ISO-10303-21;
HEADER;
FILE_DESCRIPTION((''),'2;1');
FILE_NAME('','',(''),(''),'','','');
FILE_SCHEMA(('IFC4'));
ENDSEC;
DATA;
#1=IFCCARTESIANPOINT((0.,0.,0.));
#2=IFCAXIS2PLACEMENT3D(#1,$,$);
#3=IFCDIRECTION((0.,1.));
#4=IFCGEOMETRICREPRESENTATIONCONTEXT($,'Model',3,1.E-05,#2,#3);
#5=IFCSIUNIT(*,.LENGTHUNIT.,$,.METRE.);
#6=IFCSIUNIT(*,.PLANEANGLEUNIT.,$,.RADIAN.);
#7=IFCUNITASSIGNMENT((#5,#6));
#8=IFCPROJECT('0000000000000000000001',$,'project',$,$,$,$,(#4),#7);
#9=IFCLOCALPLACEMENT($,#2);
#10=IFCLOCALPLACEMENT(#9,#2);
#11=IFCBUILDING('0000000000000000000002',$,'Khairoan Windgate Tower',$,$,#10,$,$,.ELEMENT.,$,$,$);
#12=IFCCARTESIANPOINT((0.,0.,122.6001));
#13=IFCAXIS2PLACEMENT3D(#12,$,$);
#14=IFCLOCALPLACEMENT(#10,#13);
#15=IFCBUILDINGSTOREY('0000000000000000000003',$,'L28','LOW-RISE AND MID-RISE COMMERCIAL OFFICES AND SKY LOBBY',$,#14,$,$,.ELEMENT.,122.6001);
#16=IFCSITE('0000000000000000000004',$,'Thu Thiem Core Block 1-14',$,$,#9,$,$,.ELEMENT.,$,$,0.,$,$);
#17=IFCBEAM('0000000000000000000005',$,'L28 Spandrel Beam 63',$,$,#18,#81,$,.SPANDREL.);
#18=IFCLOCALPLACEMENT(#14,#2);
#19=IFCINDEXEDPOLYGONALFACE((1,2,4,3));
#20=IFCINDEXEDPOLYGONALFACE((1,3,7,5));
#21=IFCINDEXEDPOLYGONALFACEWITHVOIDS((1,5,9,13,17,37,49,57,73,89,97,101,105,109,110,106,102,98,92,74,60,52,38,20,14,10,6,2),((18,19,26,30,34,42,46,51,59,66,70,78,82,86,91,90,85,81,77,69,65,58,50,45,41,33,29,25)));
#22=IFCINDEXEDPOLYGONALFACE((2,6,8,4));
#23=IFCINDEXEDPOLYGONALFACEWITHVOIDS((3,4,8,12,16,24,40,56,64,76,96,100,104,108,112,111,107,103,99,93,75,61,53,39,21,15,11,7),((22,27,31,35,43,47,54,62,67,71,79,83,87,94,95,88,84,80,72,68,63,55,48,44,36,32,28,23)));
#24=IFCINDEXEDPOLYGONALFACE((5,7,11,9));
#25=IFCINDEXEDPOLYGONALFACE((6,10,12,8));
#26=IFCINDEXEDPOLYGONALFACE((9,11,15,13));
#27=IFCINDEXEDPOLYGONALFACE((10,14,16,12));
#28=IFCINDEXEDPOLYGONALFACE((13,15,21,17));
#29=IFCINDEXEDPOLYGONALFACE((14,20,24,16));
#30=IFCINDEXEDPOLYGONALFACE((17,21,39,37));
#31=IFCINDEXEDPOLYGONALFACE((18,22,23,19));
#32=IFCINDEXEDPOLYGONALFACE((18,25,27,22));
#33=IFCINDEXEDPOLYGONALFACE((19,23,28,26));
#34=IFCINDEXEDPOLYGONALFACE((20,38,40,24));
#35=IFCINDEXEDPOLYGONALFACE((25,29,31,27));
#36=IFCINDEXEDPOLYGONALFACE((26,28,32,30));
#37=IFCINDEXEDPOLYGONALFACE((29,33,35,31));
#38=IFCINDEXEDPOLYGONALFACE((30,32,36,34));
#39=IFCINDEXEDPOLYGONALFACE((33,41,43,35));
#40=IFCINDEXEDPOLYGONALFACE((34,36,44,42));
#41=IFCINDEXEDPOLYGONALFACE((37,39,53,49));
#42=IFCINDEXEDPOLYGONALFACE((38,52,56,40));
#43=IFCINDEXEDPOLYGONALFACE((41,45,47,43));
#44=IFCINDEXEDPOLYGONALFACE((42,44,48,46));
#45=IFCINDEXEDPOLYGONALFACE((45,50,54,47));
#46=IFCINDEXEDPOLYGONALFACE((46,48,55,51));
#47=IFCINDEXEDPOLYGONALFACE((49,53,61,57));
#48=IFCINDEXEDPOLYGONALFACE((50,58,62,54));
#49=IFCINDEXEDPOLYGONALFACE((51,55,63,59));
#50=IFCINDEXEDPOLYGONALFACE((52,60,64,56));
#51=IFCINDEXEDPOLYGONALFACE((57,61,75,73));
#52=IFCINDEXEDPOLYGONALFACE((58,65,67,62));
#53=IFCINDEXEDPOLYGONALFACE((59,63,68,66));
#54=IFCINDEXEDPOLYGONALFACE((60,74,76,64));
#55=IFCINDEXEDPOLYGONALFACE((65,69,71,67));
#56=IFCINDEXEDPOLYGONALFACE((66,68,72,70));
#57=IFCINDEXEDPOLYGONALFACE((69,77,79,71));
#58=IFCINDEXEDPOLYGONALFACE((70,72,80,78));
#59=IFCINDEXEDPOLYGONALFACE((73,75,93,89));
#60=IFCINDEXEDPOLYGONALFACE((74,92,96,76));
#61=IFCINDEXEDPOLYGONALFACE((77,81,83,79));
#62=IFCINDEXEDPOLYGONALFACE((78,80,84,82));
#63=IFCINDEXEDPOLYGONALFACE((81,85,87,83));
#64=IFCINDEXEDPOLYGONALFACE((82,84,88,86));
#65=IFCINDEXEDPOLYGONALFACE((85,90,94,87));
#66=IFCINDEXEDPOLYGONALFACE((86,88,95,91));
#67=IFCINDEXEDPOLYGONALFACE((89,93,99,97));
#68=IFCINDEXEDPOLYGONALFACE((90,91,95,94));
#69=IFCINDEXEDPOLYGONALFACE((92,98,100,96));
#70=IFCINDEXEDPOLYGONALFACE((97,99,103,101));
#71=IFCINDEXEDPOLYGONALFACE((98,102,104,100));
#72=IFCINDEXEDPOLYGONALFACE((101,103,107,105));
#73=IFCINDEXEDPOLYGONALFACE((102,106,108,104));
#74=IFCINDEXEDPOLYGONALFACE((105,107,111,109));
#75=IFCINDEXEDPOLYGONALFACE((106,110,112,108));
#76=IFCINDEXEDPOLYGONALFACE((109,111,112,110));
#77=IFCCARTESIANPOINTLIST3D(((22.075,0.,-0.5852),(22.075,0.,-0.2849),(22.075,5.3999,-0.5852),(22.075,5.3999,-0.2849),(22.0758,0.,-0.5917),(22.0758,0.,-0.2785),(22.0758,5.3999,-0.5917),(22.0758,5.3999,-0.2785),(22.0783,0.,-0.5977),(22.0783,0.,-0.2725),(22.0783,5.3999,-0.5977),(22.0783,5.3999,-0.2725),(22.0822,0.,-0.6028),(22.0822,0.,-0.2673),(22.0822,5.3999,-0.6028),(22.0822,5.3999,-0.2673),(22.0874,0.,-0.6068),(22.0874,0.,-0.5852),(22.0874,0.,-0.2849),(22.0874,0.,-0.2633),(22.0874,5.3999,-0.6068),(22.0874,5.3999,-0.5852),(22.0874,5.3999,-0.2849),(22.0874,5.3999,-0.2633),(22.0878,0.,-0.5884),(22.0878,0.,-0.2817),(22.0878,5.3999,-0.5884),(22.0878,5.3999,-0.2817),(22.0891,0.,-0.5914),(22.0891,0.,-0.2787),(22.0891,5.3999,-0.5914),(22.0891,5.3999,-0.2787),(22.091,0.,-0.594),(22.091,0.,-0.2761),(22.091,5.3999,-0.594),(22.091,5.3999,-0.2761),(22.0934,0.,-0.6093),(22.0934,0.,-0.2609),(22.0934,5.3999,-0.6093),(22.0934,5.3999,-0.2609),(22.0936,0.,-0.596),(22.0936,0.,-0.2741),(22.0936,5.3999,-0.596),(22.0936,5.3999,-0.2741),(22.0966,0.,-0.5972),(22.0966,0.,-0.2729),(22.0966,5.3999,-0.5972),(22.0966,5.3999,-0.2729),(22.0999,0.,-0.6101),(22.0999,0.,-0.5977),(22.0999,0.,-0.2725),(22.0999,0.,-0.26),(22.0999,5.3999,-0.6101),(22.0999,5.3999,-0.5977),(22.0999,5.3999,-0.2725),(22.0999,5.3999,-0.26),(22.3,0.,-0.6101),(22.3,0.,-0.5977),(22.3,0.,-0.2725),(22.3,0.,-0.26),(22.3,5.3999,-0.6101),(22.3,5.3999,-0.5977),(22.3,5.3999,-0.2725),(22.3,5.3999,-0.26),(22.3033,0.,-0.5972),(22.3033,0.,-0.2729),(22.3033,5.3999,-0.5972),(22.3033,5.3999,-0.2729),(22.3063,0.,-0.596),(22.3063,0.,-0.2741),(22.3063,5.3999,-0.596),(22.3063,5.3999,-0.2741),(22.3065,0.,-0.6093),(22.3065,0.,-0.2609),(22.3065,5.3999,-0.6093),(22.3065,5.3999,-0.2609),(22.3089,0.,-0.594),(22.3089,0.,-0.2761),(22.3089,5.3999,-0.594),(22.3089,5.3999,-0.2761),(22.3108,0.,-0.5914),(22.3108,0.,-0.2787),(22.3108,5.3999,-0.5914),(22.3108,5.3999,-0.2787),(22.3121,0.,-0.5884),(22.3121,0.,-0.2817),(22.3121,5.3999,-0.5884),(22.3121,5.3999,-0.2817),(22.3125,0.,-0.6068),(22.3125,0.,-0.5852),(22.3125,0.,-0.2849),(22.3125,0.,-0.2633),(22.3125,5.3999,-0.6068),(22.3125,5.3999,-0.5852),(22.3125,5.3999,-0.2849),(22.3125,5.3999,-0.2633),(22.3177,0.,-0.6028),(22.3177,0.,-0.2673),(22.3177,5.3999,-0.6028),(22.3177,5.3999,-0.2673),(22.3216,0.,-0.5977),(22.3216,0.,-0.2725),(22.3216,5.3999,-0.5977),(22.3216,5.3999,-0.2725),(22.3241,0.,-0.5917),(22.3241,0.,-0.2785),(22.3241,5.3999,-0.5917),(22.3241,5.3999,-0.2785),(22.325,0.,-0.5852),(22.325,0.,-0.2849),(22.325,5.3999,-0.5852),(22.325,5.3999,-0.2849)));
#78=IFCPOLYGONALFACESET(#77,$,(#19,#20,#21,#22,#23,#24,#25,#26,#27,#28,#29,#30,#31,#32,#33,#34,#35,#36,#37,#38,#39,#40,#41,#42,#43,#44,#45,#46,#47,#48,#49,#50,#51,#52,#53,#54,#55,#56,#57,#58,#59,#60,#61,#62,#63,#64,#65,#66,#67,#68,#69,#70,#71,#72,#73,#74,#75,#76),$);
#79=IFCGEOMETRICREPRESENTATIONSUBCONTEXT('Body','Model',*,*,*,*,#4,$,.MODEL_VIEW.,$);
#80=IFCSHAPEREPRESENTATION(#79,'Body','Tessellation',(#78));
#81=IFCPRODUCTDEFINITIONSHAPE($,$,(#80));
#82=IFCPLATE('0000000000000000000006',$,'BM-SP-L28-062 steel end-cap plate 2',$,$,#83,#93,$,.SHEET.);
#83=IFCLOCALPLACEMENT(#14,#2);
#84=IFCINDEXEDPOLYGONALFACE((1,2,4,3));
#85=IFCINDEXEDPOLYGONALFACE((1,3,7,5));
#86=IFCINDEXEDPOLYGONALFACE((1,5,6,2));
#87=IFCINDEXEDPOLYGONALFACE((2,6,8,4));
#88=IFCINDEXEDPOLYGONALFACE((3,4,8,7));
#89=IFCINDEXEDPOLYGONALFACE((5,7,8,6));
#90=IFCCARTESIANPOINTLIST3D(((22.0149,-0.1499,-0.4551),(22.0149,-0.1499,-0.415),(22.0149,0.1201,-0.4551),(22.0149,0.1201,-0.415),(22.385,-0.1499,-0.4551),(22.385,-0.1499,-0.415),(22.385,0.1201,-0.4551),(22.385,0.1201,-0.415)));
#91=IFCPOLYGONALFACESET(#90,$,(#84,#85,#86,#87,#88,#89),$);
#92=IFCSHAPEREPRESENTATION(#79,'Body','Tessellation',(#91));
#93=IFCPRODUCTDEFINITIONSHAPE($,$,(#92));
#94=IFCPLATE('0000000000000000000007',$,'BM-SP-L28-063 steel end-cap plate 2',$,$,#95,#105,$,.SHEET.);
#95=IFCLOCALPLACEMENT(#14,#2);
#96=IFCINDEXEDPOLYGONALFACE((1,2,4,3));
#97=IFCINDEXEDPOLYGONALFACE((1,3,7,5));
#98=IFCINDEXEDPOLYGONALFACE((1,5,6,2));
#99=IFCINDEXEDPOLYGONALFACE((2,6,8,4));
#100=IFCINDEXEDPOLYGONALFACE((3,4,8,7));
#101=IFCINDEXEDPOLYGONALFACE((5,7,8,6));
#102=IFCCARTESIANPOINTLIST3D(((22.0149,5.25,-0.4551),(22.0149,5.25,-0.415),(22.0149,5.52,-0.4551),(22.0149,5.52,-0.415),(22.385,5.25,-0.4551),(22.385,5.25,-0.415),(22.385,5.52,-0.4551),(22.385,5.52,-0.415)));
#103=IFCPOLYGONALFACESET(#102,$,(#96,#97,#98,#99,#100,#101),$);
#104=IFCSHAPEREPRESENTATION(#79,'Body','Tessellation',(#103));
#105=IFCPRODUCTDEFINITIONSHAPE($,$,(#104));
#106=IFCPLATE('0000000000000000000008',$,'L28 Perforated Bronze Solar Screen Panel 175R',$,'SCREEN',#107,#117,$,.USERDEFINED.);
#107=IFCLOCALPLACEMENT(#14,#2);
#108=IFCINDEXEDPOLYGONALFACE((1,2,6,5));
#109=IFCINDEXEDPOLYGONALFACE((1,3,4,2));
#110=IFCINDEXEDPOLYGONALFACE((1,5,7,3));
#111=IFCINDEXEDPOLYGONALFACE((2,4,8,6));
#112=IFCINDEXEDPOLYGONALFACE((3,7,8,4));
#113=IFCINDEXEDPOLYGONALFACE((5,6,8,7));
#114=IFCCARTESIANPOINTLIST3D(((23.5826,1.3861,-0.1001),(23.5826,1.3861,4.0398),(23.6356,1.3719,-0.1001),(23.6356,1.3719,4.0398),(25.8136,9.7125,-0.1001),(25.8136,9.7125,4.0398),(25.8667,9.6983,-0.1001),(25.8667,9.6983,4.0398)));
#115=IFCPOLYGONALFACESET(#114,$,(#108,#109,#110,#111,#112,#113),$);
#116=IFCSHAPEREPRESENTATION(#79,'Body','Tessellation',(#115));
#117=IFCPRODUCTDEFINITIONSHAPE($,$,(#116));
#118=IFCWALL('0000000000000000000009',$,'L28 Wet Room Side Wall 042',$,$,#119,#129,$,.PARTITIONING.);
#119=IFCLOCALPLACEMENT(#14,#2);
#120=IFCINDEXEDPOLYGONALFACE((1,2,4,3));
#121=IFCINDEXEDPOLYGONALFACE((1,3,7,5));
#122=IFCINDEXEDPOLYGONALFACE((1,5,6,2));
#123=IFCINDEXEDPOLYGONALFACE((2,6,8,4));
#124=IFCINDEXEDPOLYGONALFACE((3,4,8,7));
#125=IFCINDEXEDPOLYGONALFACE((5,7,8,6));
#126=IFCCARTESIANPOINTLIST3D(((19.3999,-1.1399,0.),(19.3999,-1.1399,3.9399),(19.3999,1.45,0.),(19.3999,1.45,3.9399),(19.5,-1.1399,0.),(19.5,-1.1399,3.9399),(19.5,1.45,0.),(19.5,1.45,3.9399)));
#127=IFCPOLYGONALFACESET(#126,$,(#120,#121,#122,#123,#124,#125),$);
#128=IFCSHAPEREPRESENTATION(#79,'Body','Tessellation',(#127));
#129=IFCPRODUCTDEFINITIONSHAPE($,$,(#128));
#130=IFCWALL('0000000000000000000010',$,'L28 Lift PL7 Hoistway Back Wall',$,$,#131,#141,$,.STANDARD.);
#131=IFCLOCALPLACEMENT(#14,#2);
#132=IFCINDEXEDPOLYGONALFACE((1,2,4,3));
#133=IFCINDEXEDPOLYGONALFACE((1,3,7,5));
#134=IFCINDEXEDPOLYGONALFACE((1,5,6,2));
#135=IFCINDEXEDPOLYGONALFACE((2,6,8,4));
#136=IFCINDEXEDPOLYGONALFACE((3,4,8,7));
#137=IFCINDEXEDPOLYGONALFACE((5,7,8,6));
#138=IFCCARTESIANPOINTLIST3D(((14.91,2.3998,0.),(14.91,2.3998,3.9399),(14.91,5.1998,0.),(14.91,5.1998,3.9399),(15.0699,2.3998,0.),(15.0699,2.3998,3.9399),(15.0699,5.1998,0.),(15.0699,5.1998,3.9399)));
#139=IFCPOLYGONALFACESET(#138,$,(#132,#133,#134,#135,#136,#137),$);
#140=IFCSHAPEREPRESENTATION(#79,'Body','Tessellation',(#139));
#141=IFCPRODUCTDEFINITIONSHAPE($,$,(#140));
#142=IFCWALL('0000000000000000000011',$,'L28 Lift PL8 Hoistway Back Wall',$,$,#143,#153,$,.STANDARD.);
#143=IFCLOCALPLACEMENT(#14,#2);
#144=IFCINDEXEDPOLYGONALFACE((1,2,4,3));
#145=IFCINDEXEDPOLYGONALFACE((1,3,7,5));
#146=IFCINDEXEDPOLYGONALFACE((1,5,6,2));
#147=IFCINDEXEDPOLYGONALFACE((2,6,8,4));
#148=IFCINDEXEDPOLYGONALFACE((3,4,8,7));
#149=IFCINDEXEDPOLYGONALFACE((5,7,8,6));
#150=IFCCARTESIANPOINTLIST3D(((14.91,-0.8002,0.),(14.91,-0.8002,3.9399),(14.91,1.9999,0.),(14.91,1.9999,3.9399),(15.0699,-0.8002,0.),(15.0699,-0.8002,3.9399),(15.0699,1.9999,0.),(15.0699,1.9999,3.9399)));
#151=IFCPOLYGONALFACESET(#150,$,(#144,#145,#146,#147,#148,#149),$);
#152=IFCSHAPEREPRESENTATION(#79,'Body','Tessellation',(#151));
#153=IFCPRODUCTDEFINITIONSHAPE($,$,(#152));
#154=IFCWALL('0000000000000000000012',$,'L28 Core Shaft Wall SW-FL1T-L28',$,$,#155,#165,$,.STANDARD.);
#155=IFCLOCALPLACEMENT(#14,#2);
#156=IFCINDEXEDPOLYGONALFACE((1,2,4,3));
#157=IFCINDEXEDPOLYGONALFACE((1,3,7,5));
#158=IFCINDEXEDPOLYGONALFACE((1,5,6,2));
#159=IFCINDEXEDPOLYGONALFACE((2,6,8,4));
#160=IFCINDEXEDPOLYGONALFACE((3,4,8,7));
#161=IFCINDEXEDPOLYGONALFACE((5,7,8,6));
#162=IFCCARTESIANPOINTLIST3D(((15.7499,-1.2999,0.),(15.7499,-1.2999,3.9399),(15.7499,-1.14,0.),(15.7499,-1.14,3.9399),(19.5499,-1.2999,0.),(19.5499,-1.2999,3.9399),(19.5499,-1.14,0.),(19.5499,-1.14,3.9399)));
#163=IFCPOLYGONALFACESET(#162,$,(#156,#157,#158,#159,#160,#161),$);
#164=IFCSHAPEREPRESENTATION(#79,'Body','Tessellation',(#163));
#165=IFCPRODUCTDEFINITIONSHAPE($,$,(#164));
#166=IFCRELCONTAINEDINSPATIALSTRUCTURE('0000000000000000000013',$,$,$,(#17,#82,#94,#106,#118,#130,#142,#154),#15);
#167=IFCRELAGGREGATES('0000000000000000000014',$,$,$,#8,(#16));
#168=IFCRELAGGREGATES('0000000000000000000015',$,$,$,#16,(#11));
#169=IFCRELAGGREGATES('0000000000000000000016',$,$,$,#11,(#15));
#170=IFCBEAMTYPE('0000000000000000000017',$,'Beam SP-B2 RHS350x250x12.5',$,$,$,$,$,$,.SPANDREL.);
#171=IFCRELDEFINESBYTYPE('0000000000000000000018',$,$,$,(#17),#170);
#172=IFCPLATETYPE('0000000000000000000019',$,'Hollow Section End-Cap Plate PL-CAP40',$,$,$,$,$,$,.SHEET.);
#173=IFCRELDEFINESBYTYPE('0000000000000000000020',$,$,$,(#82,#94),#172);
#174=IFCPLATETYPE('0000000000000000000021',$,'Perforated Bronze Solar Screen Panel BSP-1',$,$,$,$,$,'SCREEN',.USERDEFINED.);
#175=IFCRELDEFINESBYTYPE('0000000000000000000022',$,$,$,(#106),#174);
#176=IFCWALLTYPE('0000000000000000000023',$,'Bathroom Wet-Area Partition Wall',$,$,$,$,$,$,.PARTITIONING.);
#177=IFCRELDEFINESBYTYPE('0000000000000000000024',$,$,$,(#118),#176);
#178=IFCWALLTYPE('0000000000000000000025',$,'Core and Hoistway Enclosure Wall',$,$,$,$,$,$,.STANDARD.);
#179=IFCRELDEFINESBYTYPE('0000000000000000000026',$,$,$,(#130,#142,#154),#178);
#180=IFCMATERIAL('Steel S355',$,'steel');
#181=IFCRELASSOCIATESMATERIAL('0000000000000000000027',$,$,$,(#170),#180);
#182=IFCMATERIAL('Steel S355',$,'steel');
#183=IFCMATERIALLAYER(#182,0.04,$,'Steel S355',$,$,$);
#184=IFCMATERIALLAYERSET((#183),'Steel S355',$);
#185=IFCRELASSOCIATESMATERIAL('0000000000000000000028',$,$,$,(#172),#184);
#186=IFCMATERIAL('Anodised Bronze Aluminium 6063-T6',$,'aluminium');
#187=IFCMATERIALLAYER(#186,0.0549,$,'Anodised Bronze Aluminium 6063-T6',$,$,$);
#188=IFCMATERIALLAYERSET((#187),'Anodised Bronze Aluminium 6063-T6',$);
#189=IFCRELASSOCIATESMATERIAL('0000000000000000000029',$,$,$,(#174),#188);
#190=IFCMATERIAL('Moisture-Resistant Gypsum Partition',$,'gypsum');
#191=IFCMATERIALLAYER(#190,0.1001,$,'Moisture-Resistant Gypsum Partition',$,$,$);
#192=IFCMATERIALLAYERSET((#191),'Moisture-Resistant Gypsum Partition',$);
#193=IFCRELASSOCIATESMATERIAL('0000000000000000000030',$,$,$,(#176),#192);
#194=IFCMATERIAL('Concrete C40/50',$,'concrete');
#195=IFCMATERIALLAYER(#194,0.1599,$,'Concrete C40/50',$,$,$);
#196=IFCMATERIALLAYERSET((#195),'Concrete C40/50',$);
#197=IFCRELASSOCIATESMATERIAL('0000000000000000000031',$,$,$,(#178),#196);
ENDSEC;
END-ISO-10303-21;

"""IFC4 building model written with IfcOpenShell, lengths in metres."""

from ifc_helpers import new_model, si_unit, direction, frame, frame_2d, origin, origin_2d, place, context, subcontext, project, spatial, rectangle, hollow_rectangle, extrude, material, layer, layer_set, material_profile, profile_set, type_object, element, save


model = new_model("IFC4")

# Units and contexts
model_context = context("Model", 3, precision=1e-05, world=origin(), true_north=direction((0.0, 1.0)))
body_context = subcontext(model_context, "Body", "Model", "MODEL_VIEW")
ifc_project = project(units=[si_unit("LENGTHUNIT", "METRE"), si_unit("PLANEANGLEUNIT", "RADIAN")], contexts=[model_context])

# Site, building, storey
site_placement = place(None, origin())
site = spatial("IfcSite", under=ifc_project, at=site_placement, Name="Thu Thiem Core Block 1-14", CompositionType="ELEMENT", RefElevation=0.0)
building_placement = place(site_placement, origin())
building = spatial("IfcBuilding", under=site, at=building_placement, Name="Khairoan Windgate Tower", CompositionType="ELEMENT")
storey_placement = place(building_placement, frame((0.0, 0.0, 122.6001)))
storey = spatial("IfcBuildingStorey", under=building, at=storey_placement, Name="L28", Description="LOW-RISE AND MID-RISE COMMERCIAL OFFICES AND SKY LOBBY", CompositionType="ELEMENT", Elevation=122.6001)

# Beam
ifc_material_1 = material(Name="Steel S355", Category="steel")
ifc_material_profile_1 = material_profile(ifc_material_1, hollow_rectangle(XDim=0.25, YDim=0.3501, WallThickness=0.0125, InnerFilletRadius=0.0125, OuterFilletRadius=0.0249, at=origin_2d()))
ifc_profile_set_1 = profile_set([ifc_material_profile_1], Name="Steel S355")
beam_type_1 = type_object("IfcBeamType", Name="Beam SP-B2 RHS350x250x12.5", PredefinedType="SPANDREL", material=ifc_profile_set_1)
beam_1_placement = place(storey_placement, frame((22.2, 0.0, -0.4351), z_axis=(0.0, 1.0, 0.0), x_axis=(-1.0, 0.0, 0.0)))
element("IfcBeam", 1, at=beam_1_placement, inside=storey, type_object=beam_type_1, Name="L28 Spandrel Beam 63", PredefinedType="SPANDREL", context=body_context, shape_type="SweptSolid", body=[
    extrude(hollow_rectangle(XDim=0.25, YDim=0.3501, WallThickness=0.0125, InnerFilletRadius=0.0125, OuterFilletRadius=0.0249, at=origin_2d()), origin(), (0.0, 0.0, 1.0), 5.3999),
])

# Plates
ifc_material_2 = material(Name="Steel S355", Category="steel")
ifc_layer_1 = layer(ifc_material_2, 0.04, Name="Steel S355")
ifc_layer_set_1 = layer_set([ifc_layer_1], Name="Steel S355")
plate_type_1 = type_object("IfcPlateType", Name="Hollow Section End-Cap Plate PL-CAP40", PredefinedType="SHEET", material=ifc_layer_set_1)
for number, where, z_axis, x_axis, name in (
    (2, (22.2, -0.0149, -0.4551), (0.0, 0.0, 1.0), (0.0, 1.0, 0.0), "BM-SP-L28-062 steel end-cap plate 2"),
    (3, (22.2, 5.385, -0.4551), (0.0, 0.0, 1.0), (0.0, 1.0, 0.0), "BM-SP-L28-063 steel end-cap plate 2"),
):
    element("IfcPlate", number, at=place(storey_placement, frame(where, z_axis=z_axis, x_axis=x_axis)), inside=storey, type_object=plate_type_1, Name=name, PredefinedType="SHEET", context=body_context, shape_type="SweptSolid", body=[
        extrude(rectangle(XDim=0.27, YDim=0.3701, at=origin_2d()), origin(), (0.0, 0.0, 1.0), 0.04),
    ])
ifc_material_3 = material(Name="Anodised Bronze Aluminium 6063-T6", Category="aluminium")
ifc_layer_2 = layer(ifc_material_3, 0.0549, Name="Anodised Bronze Aluminium 6063-T6")
ifc_layer_set_2 = layer_set([ifc_layer_2], Name="Anodised Bronze Aluminium 6063-T6")
plate_type_2 = type_object("IfcPlateType", Name="Perforated Bronze Solar Screen Panel BSP-1", ElementType="SCREEN", PredefinedType="USERDEFINED", material=ifc_layer_set_2)
plate_placement = place(storey_placement, frame((24.7246, 5.5422, -0.1001), z_axis=(0.0, 0.0, 1.0), x_axis=(-0.258819, -0.965926, 0.0)))
element("IfcPlate", 4, at=plate_placement, inside=storey, type_object=plate_type_2, Name="L28 Perforated Bronze Solar Screen Panel 175R", ObjectType="SCREEN", PredefinedType="USERDEFINED", context=body_context, shape_type="SweptSolid", body=[
    extrude(rectangle(XDim=8.6201, YDim=0.0549, at=origin_2d()), origin(), (0.0, 0.0, 1.0), 4.1399),
])

# Walls
ifc_material_4 = material(Name="Moisture-Resistant Gypsum Partition", Category="gypsum")
ifc_layer_3 = layer(ifc_material_4, 0.1001, Name="Moisture-Resistant Gypsum Partition")
ifc_layer_set_3 = layer_set([ifc_layer_3], Name="Moisture-Resistant Gypsum Partition")
wall_type_1 = type_object("IfcWallType", Name="Bathroom Wet-Area Partition Wall", PredefinedType="PARTITIONING", material=ifc_layer_set_3)
wall_1_placement = place(storey_placement, frame((19.45, 1.45, 0.0), z_axis=(0.0, 0.0, 1.0), x_axis=(0.0, -1.0, 0.0)))
element("IfcWall", 5, at=wall_1_placement, inside=storey, type_object=wall_type_1, Name="L28 Wet Room Side Wall 042", PredefinedType="PARTITIONING", context=body_context, shape_type="SweptSolid", body=[
    extrude(rectangle(XDim=2.5898, YDim=0.1001, at=frame_2d((1.2949, 0.0))), origin(), (0.0, 0.0, 1.0), 3.9399),
])
ifc_material_5 = material(Name="Concrete C40/50", Category="concrete")
ifc_layer_4 = layer(ifc_material_5, 0.1599, Name="Concrete C40/50")
ifc_layer_set_4 = layer_set([ifc_layer_4], Name="Concrete C40/50")
wall_type_2 = type_object("IfcWallType", Name="Core and Hoistway Enclosure Wall", PredefinedType="STANDARD", material=ifc_layer_set_4)
for number, where, z_axis, x_axis, name in (
    (6, (14.99, 2.3999, 0.0), (0.0, 0.0, 1.0), (0.0, 1.0, 0.0), "L28 Lift PL7 Hoistway Back Wall"),
    (7, (14.99, -0.8, 0.0), (0.0, 0.0, 1.0), (0.0, 1.0, 0.0), "L28 Lift PL8 Hoistway Back Wall"),
):
    element("IfcWall", number, at=place(storey_placement, frame(where, z_axis=z_axis, x_axis=x_axis)), inside=storey, type_object=wall_type_2, Name=name, PredefinedType="STANDARD", context=body_context, shape_type="SweptSolid", body=[
        extrude(rectangle(XDim=2.8, YDim=0.1599, at=frame_2d((1.3999, 0.0))), origin(), (0.0, 0.0, 1.0), 3.9399),
    ])
wall_2_placement = place(storey_placement, frame((15.75, -1.22, 0.0), z_axis=(0.0, 0.0, 1.0), x_axis=(1.0, 0.0, 0.0)))
element("IfcWall", 8, at=wall_2_placement, inside=storey, type_object=wall_type_2, Name="L28 Core Shaft Wall SW-FL1T-L28", PredefinedType="STANDARD", context=body_context, shape_type="SweptSolid", body=[
    extrude(rectangle(XDim=3.8, YDim=0.1599, at=frame_2d((1.8999, 0.0))), origin(), (0.0, 0.0, 1.0), 3.9399),
])

save(model, "model.ifc")
